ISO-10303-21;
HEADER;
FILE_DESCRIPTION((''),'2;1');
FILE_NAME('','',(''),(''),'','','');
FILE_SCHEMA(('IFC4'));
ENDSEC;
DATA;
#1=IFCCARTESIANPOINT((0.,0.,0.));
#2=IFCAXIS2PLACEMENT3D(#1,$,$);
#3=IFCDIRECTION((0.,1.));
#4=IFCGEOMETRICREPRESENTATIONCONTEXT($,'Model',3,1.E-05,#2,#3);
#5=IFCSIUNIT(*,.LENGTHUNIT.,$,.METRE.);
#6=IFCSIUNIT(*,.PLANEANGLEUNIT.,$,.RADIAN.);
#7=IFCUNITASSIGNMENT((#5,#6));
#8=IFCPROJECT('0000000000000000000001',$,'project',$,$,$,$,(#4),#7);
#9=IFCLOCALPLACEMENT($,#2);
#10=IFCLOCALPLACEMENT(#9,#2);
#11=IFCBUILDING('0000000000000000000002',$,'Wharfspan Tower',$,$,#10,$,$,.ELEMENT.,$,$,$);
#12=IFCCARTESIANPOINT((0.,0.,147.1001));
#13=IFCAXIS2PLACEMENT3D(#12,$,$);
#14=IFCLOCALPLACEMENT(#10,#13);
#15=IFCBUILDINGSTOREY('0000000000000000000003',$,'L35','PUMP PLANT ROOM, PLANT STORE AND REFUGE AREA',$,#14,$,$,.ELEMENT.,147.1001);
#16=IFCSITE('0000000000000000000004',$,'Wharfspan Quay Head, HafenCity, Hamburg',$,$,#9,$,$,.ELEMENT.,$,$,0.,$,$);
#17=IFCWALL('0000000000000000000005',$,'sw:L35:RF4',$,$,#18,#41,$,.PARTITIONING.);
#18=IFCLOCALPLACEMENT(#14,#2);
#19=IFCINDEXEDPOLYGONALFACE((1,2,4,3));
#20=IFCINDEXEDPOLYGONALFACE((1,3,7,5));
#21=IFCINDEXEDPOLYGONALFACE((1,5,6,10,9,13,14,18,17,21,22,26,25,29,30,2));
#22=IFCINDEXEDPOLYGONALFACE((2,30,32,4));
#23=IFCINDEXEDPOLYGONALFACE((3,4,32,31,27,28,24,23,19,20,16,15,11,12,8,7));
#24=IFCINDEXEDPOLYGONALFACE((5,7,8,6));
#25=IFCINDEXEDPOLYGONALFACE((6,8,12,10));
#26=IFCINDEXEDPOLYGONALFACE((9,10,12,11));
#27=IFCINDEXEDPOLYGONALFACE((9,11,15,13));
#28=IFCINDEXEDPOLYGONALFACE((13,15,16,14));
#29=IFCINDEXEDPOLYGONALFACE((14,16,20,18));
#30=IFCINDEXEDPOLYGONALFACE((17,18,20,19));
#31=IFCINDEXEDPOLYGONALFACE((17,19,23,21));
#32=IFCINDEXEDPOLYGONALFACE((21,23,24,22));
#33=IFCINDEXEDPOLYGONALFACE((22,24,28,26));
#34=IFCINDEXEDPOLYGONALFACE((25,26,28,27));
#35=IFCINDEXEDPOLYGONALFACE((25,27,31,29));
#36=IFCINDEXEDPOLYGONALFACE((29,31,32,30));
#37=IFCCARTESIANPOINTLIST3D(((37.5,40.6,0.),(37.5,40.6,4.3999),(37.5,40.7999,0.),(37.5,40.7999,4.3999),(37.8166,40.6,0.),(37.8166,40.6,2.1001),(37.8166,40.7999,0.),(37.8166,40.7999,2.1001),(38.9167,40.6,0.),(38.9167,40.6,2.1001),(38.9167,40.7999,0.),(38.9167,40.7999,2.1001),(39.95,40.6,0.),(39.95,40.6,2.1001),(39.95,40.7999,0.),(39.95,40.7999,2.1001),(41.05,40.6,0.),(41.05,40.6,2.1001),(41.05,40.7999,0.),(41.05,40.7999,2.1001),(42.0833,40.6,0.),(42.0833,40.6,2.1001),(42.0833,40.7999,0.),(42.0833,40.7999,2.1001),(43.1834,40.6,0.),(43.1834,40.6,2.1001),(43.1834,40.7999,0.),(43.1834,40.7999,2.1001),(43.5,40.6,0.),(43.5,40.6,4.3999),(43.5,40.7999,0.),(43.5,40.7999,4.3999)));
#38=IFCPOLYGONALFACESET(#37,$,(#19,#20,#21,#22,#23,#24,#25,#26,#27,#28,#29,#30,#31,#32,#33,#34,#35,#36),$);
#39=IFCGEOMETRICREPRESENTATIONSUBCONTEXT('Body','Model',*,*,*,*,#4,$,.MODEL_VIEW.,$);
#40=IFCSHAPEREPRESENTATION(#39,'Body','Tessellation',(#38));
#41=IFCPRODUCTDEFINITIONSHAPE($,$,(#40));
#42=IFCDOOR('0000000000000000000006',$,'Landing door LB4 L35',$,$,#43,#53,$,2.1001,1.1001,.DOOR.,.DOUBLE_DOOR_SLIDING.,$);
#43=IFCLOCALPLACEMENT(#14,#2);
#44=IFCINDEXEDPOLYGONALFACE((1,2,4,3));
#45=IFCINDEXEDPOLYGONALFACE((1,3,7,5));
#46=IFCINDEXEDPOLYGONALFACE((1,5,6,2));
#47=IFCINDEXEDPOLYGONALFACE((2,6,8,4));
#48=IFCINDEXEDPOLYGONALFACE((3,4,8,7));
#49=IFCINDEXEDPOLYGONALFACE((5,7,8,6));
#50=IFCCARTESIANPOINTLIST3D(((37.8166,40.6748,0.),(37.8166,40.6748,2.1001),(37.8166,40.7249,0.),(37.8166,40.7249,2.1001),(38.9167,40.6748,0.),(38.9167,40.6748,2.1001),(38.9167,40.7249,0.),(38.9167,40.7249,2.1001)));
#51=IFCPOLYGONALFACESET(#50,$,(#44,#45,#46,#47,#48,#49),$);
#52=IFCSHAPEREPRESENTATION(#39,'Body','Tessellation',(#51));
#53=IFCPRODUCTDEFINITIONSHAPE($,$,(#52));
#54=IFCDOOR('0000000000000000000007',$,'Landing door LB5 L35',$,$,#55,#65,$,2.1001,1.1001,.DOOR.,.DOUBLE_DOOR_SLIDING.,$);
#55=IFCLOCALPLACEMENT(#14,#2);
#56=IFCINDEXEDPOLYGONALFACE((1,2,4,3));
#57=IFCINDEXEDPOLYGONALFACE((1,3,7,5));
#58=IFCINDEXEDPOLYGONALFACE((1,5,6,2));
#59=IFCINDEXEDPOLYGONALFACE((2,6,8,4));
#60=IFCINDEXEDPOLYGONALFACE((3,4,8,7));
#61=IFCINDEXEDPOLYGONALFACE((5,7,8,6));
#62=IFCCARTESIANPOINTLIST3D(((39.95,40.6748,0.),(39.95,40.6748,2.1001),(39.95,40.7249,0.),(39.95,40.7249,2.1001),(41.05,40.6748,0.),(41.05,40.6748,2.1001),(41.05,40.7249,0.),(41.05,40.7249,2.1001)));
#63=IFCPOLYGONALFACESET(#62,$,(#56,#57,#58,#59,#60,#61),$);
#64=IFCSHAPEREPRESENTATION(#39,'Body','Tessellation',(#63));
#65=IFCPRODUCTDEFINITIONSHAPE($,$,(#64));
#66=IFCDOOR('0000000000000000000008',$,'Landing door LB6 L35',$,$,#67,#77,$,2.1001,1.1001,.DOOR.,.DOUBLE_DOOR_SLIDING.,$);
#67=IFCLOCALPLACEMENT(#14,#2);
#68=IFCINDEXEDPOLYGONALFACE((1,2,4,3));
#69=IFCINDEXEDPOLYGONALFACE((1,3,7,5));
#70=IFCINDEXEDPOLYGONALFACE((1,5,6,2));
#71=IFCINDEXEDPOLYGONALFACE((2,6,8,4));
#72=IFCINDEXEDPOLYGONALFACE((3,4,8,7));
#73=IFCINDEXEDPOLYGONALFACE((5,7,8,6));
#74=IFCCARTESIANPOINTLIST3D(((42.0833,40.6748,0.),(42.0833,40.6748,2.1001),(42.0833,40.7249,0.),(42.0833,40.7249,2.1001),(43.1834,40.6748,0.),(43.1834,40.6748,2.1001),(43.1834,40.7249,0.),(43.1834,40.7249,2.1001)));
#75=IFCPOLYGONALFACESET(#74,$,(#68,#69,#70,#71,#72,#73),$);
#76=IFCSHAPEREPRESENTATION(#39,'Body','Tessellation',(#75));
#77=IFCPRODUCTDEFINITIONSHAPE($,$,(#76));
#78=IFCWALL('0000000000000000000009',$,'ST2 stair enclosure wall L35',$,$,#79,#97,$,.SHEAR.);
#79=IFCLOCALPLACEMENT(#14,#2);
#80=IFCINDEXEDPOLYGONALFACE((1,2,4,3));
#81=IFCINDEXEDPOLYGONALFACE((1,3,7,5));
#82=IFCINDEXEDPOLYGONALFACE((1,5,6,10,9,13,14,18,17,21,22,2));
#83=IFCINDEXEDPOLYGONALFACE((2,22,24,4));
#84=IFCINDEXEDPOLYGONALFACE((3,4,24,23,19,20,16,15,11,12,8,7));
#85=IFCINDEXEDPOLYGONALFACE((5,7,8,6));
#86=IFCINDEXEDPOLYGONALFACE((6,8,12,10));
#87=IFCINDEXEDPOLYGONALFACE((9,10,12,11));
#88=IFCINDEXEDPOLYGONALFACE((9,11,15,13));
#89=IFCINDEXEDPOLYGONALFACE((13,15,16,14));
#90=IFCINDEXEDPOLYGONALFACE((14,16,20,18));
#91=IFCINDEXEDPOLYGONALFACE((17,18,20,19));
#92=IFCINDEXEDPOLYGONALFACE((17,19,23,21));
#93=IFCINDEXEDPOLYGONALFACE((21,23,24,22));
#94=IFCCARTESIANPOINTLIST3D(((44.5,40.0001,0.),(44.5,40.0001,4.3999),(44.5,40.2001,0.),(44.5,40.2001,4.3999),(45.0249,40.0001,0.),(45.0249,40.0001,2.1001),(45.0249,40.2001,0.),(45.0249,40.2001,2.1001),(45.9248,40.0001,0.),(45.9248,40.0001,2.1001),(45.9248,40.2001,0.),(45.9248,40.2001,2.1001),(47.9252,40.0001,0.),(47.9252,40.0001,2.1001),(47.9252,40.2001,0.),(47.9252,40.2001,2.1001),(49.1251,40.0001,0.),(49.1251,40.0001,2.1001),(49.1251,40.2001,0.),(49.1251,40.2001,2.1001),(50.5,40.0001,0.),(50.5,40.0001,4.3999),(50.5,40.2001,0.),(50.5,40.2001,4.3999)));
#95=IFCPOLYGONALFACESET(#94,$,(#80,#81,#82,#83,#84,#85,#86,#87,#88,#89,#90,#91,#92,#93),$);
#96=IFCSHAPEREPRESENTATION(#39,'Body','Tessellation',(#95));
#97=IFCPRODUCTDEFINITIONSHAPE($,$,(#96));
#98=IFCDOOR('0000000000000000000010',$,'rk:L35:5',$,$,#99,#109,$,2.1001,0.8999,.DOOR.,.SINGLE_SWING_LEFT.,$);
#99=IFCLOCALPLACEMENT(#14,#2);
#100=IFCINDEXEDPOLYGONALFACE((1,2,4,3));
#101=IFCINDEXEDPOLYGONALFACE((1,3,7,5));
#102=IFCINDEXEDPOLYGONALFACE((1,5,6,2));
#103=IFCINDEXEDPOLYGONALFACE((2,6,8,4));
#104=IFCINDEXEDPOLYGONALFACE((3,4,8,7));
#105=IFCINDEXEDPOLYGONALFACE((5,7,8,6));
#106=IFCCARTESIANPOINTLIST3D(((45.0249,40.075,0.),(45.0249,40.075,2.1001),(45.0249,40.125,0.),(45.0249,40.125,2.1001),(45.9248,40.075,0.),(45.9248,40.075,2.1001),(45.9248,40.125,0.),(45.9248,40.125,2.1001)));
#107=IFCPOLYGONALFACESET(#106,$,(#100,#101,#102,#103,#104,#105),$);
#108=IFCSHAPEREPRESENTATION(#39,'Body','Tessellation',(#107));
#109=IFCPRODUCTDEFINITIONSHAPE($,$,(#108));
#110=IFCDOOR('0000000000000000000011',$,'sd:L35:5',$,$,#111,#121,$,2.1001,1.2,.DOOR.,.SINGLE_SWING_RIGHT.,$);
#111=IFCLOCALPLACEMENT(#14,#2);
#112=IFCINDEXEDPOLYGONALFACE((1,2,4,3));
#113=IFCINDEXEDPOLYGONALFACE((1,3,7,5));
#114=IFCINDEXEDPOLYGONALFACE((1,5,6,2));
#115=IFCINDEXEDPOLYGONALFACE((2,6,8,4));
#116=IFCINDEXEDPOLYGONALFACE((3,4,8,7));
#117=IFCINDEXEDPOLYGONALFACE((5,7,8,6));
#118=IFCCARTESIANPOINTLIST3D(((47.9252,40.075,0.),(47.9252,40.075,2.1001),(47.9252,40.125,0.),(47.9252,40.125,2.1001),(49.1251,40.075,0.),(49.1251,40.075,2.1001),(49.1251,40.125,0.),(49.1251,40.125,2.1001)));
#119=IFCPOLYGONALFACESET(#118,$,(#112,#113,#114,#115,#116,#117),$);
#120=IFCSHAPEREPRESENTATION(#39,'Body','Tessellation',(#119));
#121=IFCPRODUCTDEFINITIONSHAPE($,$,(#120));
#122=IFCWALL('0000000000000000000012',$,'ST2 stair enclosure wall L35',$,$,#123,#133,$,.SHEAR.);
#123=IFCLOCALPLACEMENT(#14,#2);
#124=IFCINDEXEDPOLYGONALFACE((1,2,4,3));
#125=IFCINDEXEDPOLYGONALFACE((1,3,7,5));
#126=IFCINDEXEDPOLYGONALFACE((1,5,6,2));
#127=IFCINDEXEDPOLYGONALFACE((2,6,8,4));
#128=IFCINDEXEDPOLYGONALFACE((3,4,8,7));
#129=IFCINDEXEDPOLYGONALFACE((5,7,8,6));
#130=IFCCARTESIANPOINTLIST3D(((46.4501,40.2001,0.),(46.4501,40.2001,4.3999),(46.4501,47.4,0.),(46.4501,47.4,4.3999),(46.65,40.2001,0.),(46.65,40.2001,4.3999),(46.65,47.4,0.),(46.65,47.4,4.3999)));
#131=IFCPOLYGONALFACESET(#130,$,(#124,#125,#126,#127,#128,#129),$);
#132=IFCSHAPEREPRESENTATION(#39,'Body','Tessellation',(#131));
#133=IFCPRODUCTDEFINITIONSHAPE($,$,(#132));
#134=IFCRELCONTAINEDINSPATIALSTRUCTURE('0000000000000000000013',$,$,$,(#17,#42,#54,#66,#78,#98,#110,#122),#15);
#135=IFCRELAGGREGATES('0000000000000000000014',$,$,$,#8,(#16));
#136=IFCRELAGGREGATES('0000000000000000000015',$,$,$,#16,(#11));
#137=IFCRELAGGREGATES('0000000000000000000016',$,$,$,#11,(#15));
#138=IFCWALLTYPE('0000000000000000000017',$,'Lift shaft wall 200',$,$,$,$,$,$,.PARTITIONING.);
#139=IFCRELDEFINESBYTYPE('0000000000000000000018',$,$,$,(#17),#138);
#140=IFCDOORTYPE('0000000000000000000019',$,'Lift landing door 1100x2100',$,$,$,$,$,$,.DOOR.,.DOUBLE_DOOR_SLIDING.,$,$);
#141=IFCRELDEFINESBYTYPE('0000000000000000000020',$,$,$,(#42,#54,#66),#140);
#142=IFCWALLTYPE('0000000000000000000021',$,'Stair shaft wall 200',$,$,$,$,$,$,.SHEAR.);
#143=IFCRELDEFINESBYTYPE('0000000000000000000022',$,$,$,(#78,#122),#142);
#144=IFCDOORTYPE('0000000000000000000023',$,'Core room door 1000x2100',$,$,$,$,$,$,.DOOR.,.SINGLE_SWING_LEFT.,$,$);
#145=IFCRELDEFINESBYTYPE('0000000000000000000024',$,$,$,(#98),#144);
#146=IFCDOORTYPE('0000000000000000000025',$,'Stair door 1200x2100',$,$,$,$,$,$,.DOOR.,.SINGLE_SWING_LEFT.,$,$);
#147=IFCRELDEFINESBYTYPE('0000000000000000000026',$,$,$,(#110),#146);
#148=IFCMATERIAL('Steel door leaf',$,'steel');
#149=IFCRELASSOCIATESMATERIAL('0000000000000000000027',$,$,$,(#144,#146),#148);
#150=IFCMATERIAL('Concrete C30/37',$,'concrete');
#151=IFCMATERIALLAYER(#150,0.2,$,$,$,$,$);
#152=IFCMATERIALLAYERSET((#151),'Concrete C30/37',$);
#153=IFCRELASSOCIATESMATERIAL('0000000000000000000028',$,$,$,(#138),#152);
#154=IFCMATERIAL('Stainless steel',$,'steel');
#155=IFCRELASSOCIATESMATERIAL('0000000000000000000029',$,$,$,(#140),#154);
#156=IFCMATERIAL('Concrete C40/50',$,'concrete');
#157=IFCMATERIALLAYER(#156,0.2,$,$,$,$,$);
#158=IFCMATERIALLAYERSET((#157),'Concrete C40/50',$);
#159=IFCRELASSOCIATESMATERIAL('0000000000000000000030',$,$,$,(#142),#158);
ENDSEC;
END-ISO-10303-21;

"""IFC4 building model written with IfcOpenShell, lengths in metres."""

from ifc_helpers import new_model, si_unit, direction, frame, frame_2d, origin, place, context, subcontext, project, spatial, rectangle, extrude, material, layer, layer_set, type_object, element, fill, save


model = new_model("IFC4")

# Units and contexts
model_context = context("Model", 3, precision=1e-05, world=origin(), true_north=direction((0.0, 1.0)))
body_context = subcontext(model_context, "Body", "Model", "MODEL_VIEW")
ifc_project = project(units=[si_unit("LENGTHUNIT", "METRE"), si_unit("PLANEANGLEUNIT", "RADIAN")], contexts=[model_context])

# Site, building, storey
site_placement = place(None, origin())
site = spatial("IfcSite", under=ifc_project, at=site_placement, Name="Wharfspan Quay Head, HafenCity, Hamburg", CompositionType="ELEMENT", RefElevation=0.0)
building_placement = place(site_placement, origin())
building = spatial("IfcBuilding", under=site, at=building_placement, Name="Wharfspan Tower", CompositionType="ELEMENT")
storey_placement = place(building_placement, frame((0.0, 0.0, 147.1001)))
storey = spatial("IfcBuildingStorey", under=building, at=storey_placement, Name="L35", Description="PUMP PLANT ROOM, PLANT STORE AND REFUGE AREA", CompositionType="ELEMENT", Elevation=147.1001)

# Walls, openings, doors
ifc_material_1 = material(Name="Steel door leaf", Category="steel")
door_type_1 = type_object("IfcDoorType", Name="Core room door 1000x2100", OperationType="SINGLE_SWING_LEFT", PredefinedType="DOOR", material=ifc_material_1)
ifc_material_2 = material(Name="Concrete C30/37", Category="concrete")
ifc_layer_1 = layer(ifc_material_2, 0.2)
ifc_layer_set_1 = layer_set([ifc_layer_1], Name="Concrete C30/37")
wall_type_1 = type_object("IfcWallType", Name="Lift shaft wall 200", PredefinedType="PARTITIONING", material=ifc_layer_set_1)
wall_1_placement = place(storey_placement, frame((37.5, 40.7, 0.0), z_axis=(0.0, 0.0, 1.0), x_axis=(1.0, 0.0, 0.0)))
wall_1 = element("IfcWall", 1, at=wall_1_placement, inside=storey, type_object=wall_type_1, Name="sw:L35:RF4", PredefinedType="PARTITIONING", context=body_context, shape_type="SweptSolid", body=[
    extrude(rectangle(XDim=6.0, YDim=0.2, at=frame_2d((3.0, 0.0))), origin(), (0.0, 0.0, 1.0), 4.3999),
])
opening_1_placement = place(wall_1_placement, frame((0.3166, 0.0, 0.0)))
opening_1 = element("IfcOpeningElement", 2, at=opening_1_placement, cuts=wall_1, PredefinedType="OPENING", context=body_context, shape_type="SweptSolid", body=[
    extrude(rectangle(XDim=1.1001, YDim=2.1001, at=frame_2d((0.55, 1.05))), frame((0.0, 0.1099, 0.0), z_axis=(0.0, -1.0, 0.0), x_axis=(1.0, 0.0, 0.0)), (0.0, 0.0, 1.0), 0.22),
])
opening_2_placement = place(wall_1_placement, frame((2.45, 0.0, 0.0)))
opening_2 = element("IfcOpeningElement", 3, at=opening_2_placement, cuts=wall_1, PredefinedType="OPENING", context=body_context, shape_type="SweptSolid", body=[
    extrude(rectangle(XDim=1.1001, YDim=2.1001, at=frame_2d((0.55, 1.05))), frame((0.0, 0.1099, 0.0), z_axis=(0.0, -1.0, 0.0), x_axis=(1.0, 0.0, 0.0)), (0.0, 0.0, 1.0), 0.22),
])
opening_3_placement = place(wall_1_placement, frame((4.5833, 0.0, 0.0)))
opening_3 = element("IfcOpeningElement", 4, at=opening_3_placement, cuts=wall_1, PredefinedType="OPENING", context=body_context, shape_type="SweptSolid", body=[
    extrude(rectangle(XDim=1.1001, YDim=2.1001, at=frame_2d((0.55, 1.05))), frame((0.0, 0.1099, 0.0), z_axis=(0.0, -1.0, 0.0), x_axis=(1.0, 0.0, 0.0)), (0.0, 0.0, 1.0), 0.22),
])
ifc_material_3 = material(Name="Stainless steel", Category="steel")
door_type_2 = type_object("IfcDoorType", Name="Lift landing door 1100x2100", OperationType="DOUBLE_DOOR_SLIDING", PredefinedType="DOOR", material=ifc_material_3)
door_1_placement = place(opening_1_placement, origin())
door_1 = element("IfcDoor", 5, at=door_1_placement, inside=storey, type_object=door_type_2, Name="Landing door LB4 L35", OperationType="DOUBLE_DOOR_SLIDING", OverallHeight=2.1001, OverallWidth=1.1001, PredefinedType="DOOR", context=body_context, shape_type="SweptSolid", body=[
    extrude(rectangle(XDim=1.1001, YDim=2.1001, at=frame_2d((0.55, 1.05))), frame((0.0, 0.0249, 0.0), z_axis=(0.0, -1.0, 0.0), x_axis=(1.0, 0.0, 0.0)), (0.0, 0.0, 1.0), 0.05),
])
fill(opening_1, door_1)
door_2_placement = place(opening_2_placement, origin())
door_2 = element("IfcDoor", 6, at=door_2_placement, inside=storey, type_object=door_type_2, Name="Landing door LB5 L35", OperationType="DOUBLE_DOOR_SLIDING", OverallHeight=2.1001, OverallWidth=1.1001, PredefinedType="DOOR", context=body_context, shape_type="SweptSolid", body=[
    extrude(rectangle(XDim=1.1001, YDim=2.1001, at=frame_2d((0.55, 1.05))), frame((0.0, 0.0249, 0.0), z_axis=(0.0, -1.0, 0.0), x_axis=(1.0, 0.0, 0.0)), (0.0, 0.0, 1.0), 0.05),
])
fill(opening_2, door_2)
door_3_placement = place(opening_3_placement, origin())
door_3 = element("IfcDoor", 7, at=door_3_placement, inside=storey, type_object=door_type_2, Name="Landing door LB6 L35", OperationType="DOUBLE_DOOR_SLIDING", OverallHeight=2.1001, OverallWidth=1.1001, PredefinedType="DOOR", context=body_context, shape_type="SweptSolid", body=[
    extrude(rectangle(XDim=1.1001, YDim=2.1001, at=frame_2d((0.55, 1.05))), frame((0.0, 0.0249, 0.0), z_axis=(0.0, -1.0, 0.0), x_axis=(1.0, 0.0, 0.0)), (0.0, 0.0, 1.0), 0.05),
])
fill(opening_3, door_3)
ifc_material_4 = material(Name="Concrete C40/50", Category="concrete")
ifc_layer_2 = layer(ifc_material_4, 0.2)
ifc_layer_set_2 = layer_set([ifc_layer_2], Name="Concrete C40/50")
wall_type_2 = type_object("IfcWallType", Name="Stair shaft wall 200", PredefinedType="SHEAR", material=ifc_layer_set_2)
wall_2_placement = place(storey_placement, frame((44.5, 40.1001, 0.0), z_axis=(0.0, 0.0, 1.0), x_axis=(1.0, 0.0, 0.0)))
wall_2 = element("IfcWall", 8, at=wall_2_placement, inside=storey, type_object=wall_type_2, Name="ST2 stair enclosure wall L35", PredefinedType="SHEAR", context=body_context, shape_type="SweptSolid", body=[
    extrude(rectangle(XDim=6.0, YDim=0.2, at=frame_2d((3.0, 0.0))), origin(), (0.0, 0.0, 1.0), 4.3999),
])
opening_4_placement = place(wall_2_placement, frame((3.425, 0.0, 0.0)))
opening_4 = element("IfcOpeningElement", 9, at=opening_4_placement, cuts=wall_2, PredefinedType="OPENING", context=body_context, shape_type="SweptSolid", body=[
    extrude(rectangle(XDim=1.2, YDim=2.1001, at=frame_2d((0.6001, 1.05))), frame((0.0, 0.1099, 0.0), z_axis=(0.0, -1.0, 0.0), x_axis=(1.0, 0.0, 0.0)), (0.0, 0.0, 1.0), 0.22),
])
opening_5_placement = place(wall_2_placement, frame((0.5249, 0.0, 0.0)))
opening_5 = element("IfcOpeningElement", 10, at=opening_5_placement, cuts=wall_2, PredefinedType="OPENING", context=body_context, shape_type="SweptSolid", body=[
    extrude(rectangle(XDim=0.8999, YDim=2.1001, at=frame_2d((0.45, 1.05))), frame((0.0, 0.1099, 0.0), z_axis=(0.0, -1.0, 0.0), x_axis=(1.0, 0.0, 0.0)), (0.0, 0.0, 1.0), 0.22),
])
door_4_placement = place(opening_5_placement, origin())
door_4 = element("IfcDoor", 11, at=door_4_placement, inside=storey, type_object=door_type_1, Name="rk:L35:5", OperationType="SINGLE_SWING_LEFT", OverallHeight=2.1001, OverallWidth=0.8999, PredefinedType="DOOR", context=body_context, shape_type="SweptSolid", body=[
    extrude(rectangle(XDim=0.8999, YDim=2.1001, at=frame_2d((0.45, 1.05))), frame((0.0, 0.0249, 0.0), z_axis=(0.0, -1.0, 0.0), x_axis=(1.0, 0.0, 0.0)), (0.0, 0.0, 1.0), 0.05),
])
fill(opening_5, door_4)
door_type_3 = type_object("IfcDoorType", Name="Stair door 1200x2100", OperationType="SINGLE_SWING_LEFT", PredefinedType="DOOR", material=ifc_material_1)
door_5_placement = place(opening_4_placement, origin())
door_5 = element("IfcDoor", 12, at=door_5_placement, inside=storey, type_object=door_type_3, Name="sd:L35:5", OperationType="SINGLE_SWING_RIGHT", OverallHeight=2.1001, OverallWidth=1.2, PredefinedType="DOOR", context=body_context, shape_type="SweptSolid", body=[
    extrude(rectangle(XDim=1.2, YDim=2.1001, at=frame_2d((0.6001, 1.05))), frame((0.0, 0.0249, 0.0), z_axis=(0.0, -1.0, 0.0), x_axis=(1.0, 0.0, 0.0)), (0.0, 0.0, 1.0), 0.05),
])
fill(opening_4, door_5)

# Wall
wall_3_placement = place(storey_placement, frame((46.55, 40.2, 0.0), z_axis=(0.0, 0.0, 1.0), x_axis=(0.0, 1.0, 0.0)))
element("IfcWall", 13, at=wall_3_placement, inside=storey, type_object=wall_type_2, Name="ST2 stair enclosure wall L35", PredefinedType="SHEAR", context=body_context, shape_type="SweptSolid", body=[
    extrude(rectangle(XDim=7.2, YDim=0.2, at=frame_2d((3.6001, 0.0))), origin(), (0.0, 0.0, 1.0), 4.3999),
])

save(model, "model.ifc")
